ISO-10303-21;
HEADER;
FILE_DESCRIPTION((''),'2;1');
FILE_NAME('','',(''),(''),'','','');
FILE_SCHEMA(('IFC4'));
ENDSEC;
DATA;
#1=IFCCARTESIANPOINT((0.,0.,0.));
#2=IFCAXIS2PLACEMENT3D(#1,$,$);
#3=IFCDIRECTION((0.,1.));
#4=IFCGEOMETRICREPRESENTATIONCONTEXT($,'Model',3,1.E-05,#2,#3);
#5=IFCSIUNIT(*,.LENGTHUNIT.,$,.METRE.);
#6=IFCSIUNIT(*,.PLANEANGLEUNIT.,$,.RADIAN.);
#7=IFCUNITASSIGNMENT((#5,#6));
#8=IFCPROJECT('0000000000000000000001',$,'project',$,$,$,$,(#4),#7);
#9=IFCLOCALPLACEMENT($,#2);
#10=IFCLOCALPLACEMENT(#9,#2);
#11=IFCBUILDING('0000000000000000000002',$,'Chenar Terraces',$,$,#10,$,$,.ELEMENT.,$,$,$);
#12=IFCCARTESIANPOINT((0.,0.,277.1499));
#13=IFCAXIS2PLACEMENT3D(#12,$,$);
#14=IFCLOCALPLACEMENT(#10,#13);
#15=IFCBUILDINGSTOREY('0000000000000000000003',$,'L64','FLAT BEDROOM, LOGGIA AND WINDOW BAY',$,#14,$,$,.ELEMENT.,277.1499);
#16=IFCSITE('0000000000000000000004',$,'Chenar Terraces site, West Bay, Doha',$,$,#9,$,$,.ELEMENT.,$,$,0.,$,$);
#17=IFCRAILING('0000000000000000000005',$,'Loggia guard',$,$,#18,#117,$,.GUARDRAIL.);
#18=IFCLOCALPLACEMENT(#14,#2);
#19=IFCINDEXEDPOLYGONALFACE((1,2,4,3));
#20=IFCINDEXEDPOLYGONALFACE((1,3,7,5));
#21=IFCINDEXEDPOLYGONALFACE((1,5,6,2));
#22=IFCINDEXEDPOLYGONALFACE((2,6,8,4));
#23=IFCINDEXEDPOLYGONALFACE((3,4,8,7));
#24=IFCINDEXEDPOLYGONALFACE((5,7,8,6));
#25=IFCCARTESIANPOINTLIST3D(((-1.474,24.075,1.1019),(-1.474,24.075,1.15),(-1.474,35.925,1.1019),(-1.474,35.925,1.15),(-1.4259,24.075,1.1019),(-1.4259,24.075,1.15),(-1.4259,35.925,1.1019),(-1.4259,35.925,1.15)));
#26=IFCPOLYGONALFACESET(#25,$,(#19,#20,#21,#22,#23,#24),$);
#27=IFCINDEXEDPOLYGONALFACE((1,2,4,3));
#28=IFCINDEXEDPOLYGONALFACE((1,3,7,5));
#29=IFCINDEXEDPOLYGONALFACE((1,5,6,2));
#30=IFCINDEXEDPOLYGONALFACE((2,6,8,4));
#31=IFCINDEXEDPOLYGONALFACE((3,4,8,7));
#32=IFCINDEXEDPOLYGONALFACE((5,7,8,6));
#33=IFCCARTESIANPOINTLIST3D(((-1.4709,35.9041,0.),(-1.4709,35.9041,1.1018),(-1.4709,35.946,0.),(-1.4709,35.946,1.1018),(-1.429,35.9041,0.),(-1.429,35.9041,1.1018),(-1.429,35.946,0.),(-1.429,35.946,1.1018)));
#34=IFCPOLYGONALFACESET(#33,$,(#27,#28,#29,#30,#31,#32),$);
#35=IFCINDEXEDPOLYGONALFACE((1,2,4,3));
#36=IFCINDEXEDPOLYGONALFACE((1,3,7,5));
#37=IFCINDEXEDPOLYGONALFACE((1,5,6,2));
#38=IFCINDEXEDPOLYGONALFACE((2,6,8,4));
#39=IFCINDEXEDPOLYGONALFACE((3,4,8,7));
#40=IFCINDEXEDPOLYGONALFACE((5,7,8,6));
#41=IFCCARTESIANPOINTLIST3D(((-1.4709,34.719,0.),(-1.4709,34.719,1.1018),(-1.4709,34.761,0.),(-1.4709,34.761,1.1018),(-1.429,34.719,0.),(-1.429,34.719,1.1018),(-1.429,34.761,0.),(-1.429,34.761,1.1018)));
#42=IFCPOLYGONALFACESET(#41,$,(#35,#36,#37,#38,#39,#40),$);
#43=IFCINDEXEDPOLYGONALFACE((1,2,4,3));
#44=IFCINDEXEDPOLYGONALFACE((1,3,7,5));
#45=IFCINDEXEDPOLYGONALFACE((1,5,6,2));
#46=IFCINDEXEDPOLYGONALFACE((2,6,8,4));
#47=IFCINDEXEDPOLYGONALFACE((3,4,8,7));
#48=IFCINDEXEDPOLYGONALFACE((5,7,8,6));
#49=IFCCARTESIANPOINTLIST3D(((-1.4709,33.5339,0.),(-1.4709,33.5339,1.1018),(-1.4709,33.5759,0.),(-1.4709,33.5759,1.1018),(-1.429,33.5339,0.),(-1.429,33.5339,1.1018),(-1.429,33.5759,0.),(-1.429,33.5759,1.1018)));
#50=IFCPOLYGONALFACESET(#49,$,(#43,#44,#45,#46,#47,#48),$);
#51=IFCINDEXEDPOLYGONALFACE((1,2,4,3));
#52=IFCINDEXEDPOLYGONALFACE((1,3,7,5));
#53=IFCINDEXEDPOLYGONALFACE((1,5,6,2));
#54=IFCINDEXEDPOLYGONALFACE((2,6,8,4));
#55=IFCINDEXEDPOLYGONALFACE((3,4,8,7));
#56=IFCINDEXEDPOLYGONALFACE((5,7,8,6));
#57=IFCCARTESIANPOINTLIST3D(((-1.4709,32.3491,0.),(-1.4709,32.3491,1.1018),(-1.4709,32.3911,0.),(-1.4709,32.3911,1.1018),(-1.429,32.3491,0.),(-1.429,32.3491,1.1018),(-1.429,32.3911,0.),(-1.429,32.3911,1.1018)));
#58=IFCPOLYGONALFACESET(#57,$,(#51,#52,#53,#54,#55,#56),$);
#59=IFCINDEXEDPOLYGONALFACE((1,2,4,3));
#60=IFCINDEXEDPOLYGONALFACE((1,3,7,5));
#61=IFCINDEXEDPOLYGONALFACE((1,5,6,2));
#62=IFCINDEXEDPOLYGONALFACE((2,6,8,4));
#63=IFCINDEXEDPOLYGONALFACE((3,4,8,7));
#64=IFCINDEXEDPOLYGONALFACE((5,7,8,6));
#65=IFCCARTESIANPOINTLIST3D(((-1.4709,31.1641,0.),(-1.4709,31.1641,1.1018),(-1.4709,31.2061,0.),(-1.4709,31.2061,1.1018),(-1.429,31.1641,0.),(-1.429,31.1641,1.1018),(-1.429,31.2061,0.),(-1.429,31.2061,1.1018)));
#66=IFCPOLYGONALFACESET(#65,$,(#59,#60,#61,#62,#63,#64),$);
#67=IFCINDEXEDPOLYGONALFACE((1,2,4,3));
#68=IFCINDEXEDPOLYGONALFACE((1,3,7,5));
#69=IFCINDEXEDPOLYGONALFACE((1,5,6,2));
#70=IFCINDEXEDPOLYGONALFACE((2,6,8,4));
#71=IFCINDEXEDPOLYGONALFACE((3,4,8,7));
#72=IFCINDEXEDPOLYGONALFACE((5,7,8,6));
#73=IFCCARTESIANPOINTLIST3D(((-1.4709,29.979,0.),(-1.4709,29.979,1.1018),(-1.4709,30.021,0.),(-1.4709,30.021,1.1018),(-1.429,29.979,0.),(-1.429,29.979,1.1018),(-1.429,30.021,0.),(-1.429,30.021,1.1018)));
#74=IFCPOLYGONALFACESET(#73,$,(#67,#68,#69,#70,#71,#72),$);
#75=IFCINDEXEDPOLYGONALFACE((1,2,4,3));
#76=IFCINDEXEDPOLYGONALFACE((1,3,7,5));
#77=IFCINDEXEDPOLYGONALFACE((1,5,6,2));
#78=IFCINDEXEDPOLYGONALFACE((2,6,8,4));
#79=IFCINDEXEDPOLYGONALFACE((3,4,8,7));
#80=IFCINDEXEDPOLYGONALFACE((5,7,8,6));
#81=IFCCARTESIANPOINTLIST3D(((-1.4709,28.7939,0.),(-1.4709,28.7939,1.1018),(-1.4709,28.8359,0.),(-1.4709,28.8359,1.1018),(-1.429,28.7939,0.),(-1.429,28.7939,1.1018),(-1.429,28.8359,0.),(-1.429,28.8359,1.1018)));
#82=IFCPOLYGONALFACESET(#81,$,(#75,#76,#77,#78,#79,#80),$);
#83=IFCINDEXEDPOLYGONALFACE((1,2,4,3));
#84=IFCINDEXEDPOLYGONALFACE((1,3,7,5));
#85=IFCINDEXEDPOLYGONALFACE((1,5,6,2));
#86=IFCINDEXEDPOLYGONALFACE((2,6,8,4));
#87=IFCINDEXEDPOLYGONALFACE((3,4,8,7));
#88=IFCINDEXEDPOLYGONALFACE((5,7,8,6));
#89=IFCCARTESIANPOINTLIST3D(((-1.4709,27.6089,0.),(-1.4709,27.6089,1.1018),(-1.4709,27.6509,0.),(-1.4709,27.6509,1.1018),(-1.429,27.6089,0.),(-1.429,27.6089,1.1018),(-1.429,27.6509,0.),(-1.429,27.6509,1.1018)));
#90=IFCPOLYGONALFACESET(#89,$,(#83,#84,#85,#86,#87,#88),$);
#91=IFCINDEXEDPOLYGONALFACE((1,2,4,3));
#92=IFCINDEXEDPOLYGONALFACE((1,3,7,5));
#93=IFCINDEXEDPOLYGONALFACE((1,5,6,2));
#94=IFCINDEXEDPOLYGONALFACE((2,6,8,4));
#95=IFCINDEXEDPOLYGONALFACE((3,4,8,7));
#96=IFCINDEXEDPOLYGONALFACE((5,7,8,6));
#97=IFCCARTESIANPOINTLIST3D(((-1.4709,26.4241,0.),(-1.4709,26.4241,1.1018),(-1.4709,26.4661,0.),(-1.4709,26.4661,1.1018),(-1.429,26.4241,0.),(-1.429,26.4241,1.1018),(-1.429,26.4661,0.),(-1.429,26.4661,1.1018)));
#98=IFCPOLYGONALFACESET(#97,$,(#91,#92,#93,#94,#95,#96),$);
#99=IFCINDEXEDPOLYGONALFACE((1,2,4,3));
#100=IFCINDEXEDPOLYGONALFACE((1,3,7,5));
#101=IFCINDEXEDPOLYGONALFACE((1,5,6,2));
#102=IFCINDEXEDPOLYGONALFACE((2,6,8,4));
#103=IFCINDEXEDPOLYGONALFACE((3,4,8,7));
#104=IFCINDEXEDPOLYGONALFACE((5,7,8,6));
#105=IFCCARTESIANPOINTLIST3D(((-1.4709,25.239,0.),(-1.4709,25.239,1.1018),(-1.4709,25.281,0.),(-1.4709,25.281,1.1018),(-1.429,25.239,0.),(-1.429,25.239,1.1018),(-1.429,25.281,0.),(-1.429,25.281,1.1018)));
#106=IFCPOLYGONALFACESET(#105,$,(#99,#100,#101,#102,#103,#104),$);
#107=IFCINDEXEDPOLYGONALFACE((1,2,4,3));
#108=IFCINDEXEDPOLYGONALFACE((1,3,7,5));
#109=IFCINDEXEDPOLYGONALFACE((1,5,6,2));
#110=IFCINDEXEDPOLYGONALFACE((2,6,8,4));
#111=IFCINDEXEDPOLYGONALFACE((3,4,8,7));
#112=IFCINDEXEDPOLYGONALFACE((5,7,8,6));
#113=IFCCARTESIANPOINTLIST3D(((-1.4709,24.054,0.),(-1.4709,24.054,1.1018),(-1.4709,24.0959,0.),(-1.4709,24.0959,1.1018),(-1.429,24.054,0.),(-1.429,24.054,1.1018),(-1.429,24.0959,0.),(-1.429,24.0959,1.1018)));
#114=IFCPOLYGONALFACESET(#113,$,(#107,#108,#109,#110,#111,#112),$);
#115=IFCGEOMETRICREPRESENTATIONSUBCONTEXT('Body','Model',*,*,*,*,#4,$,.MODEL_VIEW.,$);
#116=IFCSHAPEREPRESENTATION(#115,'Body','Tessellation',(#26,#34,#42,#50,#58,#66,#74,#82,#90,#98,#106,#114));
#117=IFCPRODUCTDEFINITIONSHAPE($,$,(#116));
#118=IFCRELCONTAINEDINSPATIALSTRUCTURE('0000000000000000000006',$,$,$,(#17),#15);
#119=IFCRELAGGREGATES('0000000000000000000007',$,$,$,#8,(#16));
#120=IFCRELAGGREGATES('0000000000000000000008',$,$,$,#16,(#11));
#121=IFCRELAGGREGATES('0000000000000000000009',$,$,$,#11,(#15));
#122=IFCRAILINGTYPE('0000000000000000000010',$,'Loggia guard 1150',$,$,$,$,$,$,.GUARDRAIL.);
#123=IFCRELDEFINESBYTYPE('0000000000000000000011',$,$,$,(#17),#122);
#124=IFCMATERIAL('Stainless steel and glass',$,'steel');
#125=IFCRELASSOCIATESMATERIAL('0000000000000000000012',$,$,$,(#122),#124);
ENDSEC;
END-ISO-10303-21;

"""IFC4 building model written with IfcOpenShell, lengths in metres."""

from ifc_helpers import new_model, si_unit, direction, frame, origin, origin_2d, place, context, subcontext, project, spatial, rectangle, extrude, material, type_object, element, save


model = new_model("IFC4")

# Units and contexts
model_context = context("Model", 3, precision=1e-05, world=origin(), true_north=direction((0.0, 1.0)))
body_context = subcontext(model_context, "Body", "Model", "MODEL_VIEW")
ifc_project = project(units=[si_unit("LENGTHUNIT", "METRE"), si_unit("PLANEANGLEUNIT", "RADIAN")], contexts=[model_context])

# Site, building, storey
site_placement = place(None, origin())
site = spatial("IfcSite", under=ifc_project, at=site_placement, Name="Chenar Terraces site, West Bay, Doha", CompositionType="ELEMENT", RefElevation=0.0)
building_placement = place(site_placement, origin())
building = spatial("IfcBuilding", under=site, at=building_placement, Name="Chenar Terraces", CompositionType="ELEMENT")
storey_placement = place(building_placement, frame((0.0, 0.0, 277.1499)))
storey = spatial("IfcBuildingStorey", under=building, at=storey_placement, Name="L64", Description="FLAT BEDROOM, LOGGIA AND WINDOW BAY", CompositionType="ELEMENT", Elevation=277.1499)

# Railing
ifc_material_1 = material(Name="Stainless steel and glass", Category="steel")
railing_type = type_object("IfcRailingType", Name="Loggia guard 1150", PredefinedType="GUARDRAIL", material=ifc_material_1)
railing_placement = place(storey_placement, frame((-1.45, 35.925, 0.0)))
element("IfcRailing", 1, at=railing_placement, inside=storey, type_object=railing_type, Name="Loggia guard", PredefinedType="GUARDRAIL", context=body_context, shape_type="SweptSolid", body=[
    extrude(rectangle(XDim=0.0481, YDim=0.0481, at=origin_2d()), frame((0.0, 0.0, 1.126), z_axis=(0.0, -1.0, 0.0), x_axis=(1.0, 0.0, 0.0)), (0.0, 0.0, 1.0), 11.8501),
    extrude(rectangle(XDim=0.042, YDim=0.042, at=origin_2d()), origin(), (0.0, 0.0, 1.0), 1.1018),
    extrude(rectangle(XDim=0.042, YDim=0.042, at=origin_2d()), frame((0.0, -1.1851, 0.0)), (0.0, 0.0, 1.0), 1.1018),
    extrude(rectangle(XDim=0.042, YDim=0.042, at=origin_2d()), frame((0.0, -2.3701, 0.0)), (0.0, 0.0, 1.0), 1.1018),
    extrude(rectangle(XDim=0.042, YDim=0.042, at=origin_2d()), frame((0.0, -3.5549, 0.0)), (0.0, 0.0, 1.0), 1.1018),
    extrude(rectangle(XDim=0.042, YDim=0.042, at=origin_2d()), frame((0.0, -4.74, 0.0)), (0.0, 0.0, 1.0), 1.1018),
    extrude(rectangle(XDim=0.042, YDim=0.042, at=origin_2d()), frame((0.0, -5.925, 0.0)), (0.0, 0.0, 1.0), 1.1018),
    extrude(rectangle(XDim=0.042, YDim=0.042, at=origin_2d()), frame((0.0, -7.1101, 0.0)), (0.0, 0.0, 1.0), 1.1018),
    extrude(rectangle(XDim=0.042, YDim=0.042, at=origin_2d()), frame((0.0, -8.2952, 0.0)), (0.0, 0.0, 1.0), 1.1018),
    extrude(rectangle(XDim=0.042, YDim=0.042, at=origin_2d()), frame((0.0, -9.48, 0.0)), (0.0, 0.0, 1.0), 1.1018),
    extrude(rectangle(XDim=0.042, YDim=0.042, at=origin_2d()), frame((0.0, -10.665, 0.0)), (0.0, 0.0, 1.0), 1.1018),
    extrude(rectangle(XDim=0.042, YDim=0.042, at=origin_2d()), frame((0.0, -11.8501, 0.0)), (0.0, 0.0, 1.0), 1.1018),
])

save(model, "model.ifc")
